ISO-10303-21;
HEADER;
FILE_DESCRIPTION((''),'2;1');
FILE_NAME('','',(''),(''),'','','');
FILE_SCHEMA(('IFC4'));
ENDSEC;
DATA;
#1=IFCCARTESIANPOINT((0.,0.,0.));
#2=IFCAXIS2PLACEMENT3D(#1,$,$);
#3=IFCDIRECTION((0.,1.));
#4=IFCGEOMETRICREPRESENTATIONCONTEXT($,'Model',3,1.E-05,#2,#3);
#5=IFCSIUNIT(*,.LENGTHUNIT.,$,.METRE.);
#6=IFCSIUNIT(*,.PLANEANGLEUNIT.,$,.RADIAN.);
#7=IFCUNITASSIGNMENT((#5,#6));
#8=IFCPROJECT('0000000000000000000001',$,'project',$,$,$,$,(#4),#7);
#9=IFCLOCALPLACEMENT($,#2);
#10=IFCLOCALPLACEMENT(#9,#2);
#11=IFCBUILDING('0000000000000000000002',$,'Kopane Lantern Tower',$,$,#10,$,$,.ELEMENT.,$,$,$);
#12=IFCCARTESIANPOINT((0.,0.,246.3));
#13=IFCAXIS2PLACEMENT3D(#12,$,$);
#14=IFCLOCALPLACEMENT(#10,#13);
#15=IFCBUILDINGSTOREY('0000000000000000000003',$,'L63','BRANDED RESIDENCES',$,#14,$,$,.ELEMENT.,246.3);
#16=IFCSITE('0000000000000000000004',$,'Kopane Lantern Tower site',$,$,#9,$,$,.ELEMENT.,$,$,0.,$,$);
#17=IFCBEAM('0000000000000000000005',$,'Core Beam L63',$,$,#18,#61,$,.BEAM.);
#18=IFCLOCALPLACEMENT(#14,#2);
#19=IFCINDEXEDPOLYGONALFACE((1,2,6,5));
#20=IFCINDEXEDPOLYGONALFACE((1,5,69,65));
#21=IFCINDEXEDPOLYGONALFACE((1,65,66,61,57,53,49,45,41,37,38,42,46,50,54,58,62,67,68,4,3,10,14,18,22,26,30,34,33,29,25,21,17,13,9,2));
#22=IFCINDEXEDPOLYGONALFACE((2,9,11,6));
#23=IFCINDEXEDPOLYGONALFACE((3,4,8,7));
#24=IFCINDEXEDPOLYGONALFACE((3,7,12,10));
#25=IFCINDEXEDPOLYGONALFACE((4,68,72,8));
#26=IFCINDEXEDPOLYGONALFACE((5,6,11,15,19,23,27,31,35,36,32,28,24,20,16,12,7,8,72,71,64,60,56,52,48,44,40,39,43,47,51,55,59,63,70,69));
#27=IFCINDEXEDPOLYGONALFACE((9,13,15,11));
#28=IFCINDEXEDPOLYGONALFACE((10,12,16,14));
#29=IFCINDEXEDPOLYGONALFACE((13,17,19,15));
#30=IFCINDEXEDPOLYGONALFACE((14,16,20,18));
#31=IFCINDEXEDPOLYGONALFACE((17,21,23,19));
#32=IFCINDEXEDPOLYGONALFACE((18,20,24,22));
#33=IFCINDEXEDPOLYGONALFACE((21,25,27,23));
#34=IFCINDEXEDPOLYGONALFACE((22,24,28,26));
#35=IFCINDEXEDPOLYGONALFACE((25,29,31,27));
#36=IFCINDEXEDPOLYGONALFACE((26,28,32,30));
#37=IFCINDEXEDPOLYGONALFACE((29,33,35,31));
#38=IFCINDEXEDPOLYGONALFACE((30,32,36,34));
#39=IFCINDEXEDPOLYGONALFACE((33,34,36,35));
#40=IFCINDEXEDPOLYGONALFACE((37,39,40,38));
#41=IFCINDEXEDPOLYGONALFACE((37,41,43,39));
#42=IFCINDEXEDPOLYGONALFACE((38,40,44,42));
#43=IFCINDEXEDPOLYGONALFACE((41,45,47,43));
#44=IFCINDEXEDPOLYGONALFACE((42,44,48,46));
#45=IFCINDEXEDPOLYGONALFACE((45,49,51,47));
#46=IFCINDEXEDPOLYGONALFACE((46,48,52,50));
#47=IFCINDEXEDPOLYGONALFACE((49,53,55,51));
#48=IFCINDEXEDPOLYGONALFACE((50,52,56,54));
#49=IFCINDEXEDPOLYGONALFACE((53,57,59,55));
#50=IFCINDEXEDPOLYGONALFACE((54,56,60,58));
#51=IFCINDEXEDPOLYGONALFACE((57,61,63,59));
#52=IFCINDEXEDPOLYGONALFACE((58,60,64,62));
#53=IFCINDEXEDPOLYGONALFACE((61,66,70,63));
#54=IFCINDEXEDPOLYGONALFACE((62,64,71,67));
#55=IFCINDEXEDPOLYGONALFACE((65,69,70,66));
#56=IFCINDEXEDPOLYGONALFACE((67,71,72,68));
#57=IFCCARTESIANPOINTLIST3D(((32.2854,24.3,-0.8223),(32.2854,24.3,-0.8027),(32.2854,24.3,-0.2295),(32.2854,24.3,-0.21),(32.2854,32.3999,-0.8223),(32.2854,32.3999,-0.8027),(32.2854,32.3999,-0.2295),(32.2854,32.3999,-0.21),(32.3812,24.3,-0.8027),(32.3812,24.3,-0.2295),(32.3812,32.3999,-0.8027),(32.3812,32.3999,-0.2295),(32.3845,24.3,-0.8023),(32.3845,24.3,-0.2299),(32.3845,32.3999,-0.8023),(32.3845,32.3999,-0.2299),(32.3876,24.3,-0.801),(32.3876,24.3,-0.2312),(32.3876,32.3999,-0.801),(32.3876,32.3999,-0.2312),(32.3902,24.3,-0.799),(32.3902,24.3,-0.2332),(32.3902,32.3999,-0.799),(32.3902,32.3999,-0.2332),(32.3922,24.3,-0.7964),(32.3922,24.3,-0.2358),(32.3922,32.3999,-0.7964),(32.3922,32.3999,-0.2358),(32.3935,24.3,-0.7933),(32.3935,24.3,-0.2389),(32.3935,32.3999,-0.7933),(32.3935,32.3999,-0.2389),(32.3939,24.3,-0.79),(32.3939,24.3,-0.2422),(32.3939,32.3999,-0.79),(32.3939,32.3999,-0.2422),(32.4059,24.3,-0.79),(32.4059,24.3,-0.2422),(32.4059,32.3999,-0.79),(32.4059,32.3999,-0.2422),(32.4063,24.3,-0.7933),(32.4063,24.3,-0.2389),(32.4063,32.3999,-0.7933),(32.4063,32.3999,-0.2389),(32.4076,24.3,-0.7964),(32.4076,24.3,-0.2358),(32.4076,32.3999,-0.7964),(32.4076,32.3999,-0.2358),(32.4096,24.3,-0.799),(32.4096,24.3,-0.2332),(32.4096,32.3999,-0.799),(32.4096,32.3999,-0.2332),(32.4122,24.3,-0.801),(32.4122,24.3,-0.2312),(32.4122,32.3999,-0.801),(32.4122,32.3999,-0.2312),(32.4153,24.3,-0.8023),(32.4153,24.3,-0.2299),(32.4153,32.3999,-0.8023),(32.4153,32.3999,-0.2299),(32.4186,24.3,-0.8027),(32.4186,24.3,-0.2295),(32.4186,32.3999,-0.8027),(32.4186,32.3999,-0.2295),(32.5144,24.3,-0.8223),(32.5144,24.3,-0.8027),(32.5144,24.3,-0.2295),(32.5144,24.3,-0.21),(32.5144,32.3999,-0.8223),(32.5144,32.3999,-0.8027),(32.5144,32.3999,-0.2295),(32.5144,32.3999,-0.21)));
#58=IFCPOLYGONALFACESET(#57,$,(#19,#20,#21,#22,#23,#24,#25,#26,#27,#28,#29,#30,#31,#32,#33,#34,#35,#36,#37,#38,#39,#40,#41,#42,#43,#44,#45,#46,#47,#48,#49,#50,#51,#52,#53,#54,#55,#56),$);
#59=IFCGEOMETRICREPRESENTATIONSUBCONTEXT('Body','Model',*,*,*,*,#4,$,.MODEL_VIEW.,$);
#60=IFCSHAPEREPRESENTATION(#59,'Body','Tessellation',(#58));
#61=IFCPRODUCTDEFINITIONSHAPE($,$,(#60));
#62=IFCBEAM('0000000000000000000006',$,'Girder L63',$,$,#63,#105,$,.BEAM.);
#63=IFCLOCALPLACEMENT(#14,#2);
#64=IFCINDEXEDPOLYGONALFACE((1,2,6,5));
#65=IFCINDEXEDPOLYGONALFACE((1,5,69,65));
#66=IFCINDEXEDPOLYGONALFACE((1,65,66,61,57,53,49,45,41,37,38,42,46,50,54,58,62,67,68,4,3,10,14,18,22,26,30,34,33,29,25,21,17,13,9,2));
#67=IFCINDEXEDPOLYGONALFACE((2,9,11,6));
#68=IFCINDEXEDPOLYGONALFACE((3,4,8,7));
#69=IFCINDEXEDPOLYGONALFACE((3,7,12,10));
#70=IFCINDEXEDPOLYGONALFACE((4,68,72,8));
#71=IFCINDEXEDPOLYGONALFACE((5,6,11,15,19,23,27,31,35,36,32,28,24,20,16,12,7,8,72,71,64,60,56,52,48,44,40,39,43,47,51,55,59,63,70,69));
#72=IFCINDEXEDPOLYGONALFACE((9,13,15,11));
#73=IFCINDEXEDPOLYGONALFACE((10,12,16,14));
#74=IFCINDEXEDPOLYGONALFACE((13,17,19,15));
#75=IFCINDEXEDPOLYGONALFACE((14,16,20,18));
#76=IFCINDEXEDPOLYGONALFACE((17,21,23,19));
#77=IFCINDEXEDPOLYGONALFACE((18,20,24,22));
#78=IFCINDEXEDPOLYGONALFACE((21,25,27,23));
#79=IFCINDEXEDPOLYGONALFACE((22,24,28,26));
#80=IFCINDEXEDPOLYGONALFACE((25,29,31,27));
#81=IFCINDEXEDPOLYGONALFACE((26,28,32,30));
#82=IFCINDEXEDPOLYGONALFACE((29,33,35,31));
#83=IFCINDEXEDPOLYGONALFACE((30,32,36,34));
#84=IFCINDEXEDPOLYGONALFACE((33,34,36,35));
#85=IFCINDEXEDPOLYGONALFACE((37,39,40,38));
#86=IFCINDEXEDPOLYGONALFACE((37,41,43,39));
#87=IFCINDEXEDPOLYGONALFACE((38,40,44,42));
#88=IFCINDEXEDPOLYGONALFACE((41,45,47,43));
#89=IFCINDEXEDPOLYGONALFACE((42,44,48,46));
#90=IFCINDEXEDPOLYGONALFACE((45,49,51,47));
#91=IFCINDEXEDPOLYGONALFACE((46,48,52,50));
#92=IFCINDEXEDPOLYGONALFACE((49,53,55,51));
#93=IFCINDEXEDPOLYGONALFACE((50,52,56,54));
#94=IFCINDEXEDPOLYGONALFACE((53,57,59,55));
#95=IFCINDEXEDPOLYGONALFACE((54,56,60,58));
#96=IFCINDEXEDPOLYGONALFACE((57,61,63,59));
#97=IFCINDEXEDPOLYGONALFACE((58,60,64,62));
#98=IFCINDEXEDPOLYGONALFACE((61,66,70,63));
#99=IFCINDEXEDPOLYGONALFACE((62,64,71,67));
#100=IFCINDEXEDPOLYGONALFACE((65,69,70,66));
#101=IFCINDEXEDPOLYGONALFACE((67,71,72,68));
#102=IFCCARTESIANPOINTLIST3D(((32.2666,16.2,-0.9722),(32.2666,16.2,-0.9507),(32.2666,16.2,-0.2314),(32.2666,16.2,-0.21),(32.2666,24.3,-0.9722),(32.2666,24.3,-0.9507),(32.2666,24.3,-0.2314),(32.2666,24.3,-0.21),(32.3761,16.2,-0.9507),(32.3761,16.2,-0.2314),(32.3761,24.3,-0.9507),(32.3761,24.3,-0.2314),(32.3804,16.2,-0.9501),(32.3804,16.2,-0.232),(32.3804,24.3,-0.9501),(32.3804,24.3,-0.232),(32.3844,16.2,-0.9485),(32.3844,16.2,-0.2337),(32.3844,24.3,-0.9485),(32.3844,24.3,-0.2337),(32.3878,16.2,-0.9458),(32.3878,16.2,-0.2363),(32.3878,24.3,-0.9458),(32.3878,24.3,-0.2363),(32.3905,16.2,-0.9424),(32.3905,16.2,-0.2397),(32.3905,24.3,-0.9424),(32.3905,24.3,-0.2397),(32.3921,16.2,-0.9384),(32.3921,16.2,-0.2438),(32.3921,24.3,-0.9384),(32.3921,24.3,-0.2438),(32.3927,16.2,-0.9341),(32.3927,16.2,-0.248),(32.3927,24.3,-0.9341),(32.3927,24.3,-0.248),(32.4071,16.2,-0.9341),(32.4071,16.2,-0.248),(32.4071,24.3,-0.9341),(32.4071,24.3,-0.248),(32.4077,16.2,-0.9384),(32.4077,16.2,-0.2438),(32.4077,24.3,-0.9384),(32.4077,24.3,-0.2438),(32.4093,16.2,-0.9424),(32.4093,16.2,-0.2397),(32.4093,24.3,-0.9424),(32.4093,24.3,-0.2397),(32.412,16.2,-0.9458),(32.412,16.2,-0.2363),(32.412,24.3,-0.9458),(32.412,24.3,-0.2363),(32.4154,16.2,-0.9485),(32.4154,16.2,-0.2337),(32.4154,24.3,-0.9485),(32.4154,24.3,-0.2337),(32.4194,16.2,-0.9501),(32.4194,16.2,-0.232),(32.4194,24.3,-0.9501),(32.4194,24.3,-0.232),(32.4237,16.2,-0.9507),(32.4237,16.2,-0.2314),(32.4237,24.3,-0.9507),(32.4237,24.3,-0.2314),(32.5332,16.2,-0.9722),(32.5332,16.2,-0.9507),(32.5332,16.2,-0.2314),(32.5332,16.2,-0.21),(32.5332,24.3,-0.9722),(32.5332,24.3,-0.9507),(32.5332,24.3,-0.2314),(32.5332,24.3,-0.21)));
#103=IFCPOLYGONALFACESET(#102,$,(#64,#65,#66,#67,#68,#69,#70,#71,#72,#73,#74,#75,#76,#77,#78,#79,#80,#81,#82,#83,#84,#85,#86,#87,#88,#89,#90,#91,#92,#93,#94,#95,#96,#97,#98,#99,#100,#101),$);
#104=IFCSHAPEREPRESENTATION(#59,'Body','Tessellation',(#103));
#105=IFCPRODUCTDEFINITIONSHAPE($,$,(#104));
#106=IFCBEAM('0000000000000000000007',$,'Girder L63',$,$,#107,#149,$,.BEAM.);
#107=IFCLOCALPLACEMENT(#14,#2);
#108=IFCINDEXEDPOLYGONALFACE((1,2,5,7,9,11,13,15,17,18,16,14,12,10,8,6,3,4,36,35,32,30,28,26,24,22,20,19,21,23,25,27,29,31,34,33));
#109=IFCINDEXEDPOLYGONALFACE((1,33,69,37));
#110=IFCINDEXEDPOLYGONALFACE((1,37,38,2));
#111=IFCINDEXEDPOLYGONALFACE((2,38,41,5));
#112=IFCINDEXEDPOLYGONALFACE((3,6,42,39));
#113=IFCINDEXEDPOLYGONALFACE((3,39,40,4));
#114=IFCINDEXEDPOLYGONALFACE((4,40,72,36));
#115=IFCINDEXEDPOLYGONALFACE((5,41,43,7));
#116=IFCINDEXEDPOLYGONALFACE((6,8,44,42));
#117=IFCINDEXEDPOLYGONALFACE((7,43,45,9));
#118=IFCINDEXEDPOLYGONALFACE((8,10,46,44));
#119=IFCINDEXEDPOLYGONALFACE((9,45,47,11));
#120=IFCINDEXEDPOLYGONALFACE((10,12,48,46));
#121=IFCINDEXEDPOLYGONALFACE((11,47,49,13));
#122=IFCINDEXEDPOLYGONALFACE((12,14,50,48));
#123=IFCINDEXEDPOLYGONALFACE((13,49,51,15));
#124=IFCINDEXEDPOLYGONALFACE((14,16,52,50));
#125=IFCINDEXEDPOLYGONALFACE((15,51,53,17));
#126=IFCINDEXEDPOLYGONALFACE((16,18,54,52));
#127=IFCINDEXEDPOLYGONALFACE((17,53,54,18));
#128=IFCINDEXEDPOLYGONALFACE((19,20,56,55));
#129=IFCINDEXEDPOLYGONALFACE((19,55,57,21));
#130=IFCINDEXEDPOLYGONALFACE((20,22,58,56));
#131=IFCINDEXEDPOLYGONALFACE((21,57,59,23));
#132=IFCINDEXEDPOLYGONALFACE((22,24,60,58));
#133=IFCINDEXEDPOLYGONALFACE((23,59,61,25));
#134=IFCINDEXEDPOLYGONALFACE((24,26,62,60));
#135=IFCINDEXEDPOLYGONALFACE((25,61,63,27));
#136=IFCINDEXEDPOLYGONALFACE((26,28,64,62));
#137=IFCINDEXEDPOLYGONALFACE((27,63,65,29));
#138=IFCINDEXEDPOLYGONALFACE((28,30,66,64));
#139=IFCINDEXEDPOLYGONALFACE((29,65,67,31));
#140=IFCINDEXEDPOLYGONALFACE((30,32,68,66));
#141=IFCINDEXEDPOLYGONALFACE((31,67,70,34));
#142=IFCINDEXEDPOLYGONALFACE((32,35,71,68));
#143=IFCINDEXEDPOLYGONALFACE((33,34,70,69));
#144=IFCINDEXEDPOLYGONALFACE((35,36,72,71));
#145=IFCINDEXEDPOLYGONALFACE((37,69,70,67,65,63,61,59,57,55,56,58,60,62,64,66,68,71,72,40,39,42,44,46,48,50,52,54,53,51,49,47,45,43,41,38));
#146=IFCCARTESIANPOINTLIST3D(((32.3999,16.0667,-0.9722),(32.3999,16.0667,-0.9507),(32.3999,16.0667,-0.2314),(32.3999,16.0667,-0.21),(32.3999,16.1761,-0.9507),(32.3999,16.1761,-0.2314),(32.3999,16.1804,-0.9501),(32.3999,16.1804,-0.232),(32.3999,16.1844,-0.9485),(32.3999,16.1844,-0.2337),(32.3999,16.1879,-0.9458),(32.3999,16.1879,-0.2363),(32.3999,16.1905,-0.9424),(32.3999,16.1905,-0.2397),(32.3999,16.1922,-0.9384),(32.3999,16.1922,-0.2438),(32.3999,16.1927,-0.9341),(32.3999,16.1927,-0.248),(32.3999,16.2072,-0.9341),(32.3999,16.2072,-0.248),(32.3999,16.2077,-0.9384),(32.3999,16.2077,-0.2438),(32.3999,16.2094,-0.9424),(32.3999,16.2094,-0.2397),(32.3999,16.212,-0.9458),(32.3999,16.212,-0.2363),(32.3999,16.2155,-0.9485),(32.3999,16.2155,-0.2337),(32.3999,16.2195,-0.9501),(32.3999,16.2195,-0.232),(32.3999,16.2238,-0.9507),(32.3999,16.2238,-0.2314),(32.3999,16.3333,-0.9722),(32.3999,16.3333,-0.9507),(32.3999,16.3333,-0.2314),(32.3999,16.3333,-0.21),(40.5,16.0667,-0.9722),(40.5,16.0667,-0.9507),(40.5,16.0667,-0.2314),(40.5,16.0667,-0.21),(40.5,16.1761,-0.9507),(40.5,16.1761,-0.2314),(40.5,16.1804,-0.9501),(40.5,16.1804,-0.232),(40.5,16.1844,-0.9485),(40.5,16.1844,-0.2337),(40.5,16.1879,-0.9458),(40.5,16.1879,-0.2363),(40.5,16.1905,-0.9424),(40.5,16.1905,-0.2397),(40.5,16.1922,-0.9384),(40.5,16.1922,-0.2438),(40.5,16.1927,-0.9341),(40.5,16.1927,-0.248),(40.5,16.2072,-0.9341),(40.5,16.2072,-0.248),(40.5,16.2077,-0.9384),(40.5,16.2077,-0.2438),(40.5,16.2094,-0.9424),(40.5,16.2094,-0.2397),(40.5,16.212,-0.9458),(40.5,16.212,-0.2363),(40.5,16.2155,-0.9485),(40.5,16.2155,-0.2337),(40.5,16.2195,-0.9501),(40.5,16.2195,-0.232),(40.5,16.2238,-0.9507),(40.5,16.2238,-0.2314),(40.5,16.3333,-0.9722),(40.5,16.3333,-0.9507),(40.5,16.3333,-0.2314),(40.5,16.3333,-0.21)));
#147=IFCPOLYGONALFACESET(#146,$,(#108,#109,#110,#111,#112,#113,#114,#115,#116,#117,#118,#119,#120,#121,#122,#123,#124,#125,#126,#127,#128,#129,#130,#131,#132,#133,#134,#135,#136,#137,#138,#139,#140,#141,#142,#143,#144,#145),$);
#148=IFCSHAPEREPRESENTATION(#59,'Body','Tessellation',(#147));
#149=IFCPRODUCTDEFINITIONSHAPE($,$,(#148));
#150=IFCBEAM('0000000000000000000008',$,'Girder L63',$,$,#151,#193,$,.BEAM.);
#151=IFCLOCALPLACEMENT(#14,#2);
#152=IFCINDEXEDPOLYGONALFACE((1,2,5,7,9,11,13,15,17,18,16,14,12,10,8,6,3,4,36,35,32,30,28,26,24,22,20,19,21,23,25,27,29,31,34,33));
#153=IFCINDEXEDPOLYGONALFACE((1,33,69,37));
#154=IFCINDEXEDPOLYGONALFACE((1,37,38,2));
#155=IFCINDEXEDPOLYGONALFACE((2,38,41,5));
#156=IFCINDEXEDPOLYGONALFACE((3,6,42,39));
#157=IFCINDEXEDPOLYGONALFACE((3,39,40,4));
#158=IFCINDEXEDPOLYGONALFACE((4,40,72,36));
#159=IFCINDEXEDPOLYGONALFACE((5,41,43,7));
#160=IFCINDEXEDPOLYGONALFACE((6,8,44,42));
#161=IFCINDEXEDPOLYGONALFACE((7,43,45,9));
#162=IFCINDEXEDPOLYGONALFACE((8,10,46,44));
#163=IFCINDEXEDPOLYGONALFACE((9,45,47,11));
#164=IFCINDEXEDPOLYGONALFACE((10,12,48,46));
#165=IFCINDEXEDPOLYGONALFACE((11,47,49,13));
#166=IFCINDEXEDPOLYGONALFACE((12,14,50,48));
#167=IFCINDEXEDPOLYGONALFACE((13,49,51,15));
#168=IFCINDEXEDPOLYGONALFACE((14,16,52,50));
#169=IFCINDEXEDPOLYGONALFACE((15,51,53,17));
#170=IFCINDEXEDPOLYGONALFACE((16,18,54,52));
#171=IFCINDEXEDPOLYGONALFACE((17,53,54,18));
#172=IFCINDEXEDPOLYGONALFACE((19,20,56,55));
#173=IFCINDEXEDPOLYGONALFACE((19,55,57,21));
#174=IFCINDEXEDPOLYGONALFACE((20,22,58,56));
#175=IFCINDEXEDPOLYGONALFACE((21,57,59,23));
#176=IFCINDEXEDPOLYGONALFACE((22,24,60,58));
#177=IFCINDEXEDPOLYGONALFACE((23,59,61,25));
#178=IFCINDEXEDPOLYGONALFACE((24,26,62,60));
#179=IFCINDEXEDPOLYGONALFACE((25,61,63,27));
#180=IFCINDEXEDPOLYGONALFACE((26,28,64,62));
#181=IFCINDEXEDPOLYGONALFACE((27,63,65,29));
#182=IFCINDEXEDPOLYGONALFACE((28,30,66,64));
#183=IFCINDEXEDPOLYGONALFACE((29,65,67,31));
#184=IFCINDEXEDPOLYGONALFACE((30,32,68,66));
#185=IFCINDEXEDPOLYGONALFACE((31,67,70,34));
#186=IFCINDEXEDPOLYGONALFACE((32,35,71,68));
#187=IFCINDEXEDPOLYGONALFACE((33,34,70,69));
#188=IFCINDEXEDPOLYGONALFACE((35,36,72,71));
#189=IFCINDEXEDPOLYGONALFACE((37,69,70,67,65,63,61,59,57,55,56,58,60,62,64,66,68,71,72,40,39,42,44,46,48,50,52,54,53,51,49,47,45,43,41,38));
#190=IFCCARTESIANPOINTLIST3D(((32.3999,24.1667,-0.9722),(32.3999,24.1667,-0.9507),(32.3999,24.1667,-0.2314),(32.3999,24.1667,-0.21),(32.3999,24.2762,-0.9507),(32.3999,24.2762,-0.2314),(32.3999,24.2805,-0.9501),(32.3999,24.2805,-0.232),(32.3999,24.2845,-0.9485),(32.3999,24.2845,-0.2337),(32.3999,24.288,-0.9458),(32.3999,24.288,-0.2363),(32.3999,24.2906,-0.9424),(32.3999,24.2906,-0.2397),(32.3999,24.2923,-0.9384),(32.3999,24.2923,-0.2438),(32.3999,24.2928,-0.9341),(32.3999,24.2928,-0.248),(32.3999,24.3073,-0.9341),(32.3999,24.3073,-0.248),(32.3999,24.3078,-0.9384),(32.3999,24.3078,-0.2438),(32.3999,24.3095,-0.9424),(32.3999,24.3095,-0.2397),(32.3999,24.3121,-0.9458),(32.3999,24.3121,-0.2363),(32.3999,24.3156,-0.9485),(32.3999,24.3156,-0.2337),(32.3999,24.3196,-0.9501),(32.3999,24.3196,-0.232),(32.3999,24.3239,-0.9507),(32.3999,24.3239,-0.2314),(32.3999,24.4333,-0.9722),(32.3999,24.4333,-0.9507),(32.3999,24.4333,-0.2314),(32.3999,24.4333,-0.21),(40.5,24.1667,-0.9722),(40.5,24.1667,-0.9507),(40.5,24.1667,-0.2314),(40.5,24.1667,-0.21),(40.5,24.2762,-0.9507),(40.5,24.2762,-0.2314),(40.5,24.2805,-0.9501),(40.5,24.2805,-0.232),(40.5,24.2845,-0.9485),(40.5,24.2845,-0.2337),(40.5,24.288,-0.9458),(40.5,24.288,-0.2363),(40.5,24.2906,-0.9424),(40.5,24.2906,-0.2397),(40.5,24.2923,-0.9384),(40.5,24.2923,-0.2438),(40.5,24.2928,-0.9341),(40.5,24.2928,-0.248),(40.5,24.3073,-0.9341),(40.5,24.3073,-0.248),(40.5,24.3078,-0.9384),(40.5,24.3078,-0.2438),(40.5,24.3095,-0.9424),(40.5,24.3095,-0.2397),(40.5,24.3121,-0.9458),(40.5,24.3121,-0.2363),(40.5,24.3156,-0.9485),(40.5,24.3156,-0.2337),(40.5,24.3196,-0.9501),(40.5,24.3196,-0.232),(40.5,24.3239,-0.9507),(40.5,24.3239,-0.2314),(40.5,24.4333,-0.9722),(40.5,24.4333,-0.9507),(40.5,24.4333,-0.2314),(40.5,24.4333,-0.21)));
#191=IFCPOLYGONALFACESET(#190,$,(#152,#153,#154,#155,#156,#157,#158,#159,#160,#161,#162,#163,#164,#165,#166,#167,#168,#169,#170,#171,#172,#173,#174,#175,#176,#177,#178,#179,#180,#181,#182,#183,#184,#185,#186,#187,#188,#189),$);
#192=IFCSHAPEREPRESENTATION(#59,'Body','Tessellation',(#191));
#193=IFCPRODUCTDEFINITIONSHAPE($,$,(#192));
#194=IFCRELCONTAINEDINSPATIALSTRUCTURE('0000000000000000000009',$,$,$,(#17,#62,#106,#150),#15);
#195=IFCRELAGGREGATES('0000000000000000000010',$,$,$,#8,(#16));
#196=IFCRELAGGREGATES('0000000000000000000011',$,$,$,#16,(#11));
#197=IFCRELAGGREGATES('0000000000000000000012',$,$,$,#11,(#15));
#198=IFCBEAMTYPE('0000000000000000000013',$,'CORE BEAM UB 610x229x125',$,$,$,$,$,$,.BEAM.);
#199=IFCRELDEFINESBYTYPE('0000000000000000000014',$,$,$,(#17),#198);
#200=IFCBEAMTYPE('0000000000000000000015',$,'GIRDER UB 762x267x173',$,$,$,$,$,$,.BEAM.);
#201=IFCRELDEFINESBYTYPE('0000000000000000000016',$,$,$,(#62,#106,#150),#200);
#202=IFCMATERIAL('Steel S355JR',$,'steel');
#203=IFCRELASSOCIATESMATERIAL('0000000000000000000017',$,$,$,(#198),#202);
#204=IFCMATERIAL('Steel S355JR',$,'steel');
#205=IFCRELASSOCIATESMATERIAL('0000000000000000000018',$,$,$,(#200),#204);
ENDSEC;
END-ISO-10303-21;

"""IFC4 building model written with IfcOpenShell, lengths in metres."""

from ifc_helpers import new_model, si_unit, direction, frame, origin, origin_2d, place, context, subcontext, project, spatial, i_section, extrude, material, material_profile, profile_set, type_object, element, save


model = new_model("IFC4")

# Units and contexts
model_context = context("Model", 3, precision=1e-05, world=origin(), true_north=direction((0.0, 1.0)))
body_context = subcontext(model_context, "Body", "Model", "MODEL_VIEW")
ifc_project = project(units=[si_unit("LENGTHUNIT", "METRE"), si_unit("PLANEANGLEUNIT", "RADIAN")], contexts=[model_context])

# Site, building, storey
site_placement = place(None, origin())
site = spatial("IfcSite", under=ifc_project, at=site_placement, Name="Kopane Lantern Tower site", CompositionType="ELEMENT", RefElevation=0.0)
building_placement = place(site_placement, origin())
building = spatial("IfcBuilding", under=site, at=building_placement, Name="Kopane Lantern Tower", CompositionType="ELEMENT")
storey_placement = place(building_placement, frame((0.0, 0.0, 246.3)))
storey = spatial("IfcBuildingStorey", under=building, at=storey_placement, Name="L63", Description="BRANDED RESIDENCES", CompositionType="ELEMENT", Elevation=246.3)

# Beams
ifc_material_1 = material(Name="Steel S355JR", Category="steel")
ifc_material_profile_1 = material_profile(ifc_material_1, i_section(OverallWidth=0.229, OverallDepth=0.6123, WebThickness=0.012, FlangeThickness=0.0195, FilletRadius=0.0127, at=origin_2d()), Name="UB 610x229x125")
ifc_profile_set_1 = profile_set([ifc_material_profile_1], Name="Steel S355JR")
beam_type_1 = type_object("IfcBeamType", Name="CORE BEAM UB 610x229x125", PredefinedType="BEAM", material=ifc_profile_set_1)
beam_placement = place(storey_placement, frame((32.3999, 24.3, -0.5161), z_axis=(0.0, 1.0, 0.0), x_axis=(-1.0, 0.0, 0.0)))
element("IfcBeam", 1, at=beam_placement, inside=storey, type_object=beam_type_1, Name="Core Beam L63", PredefinedType="BEAM", context=body_context, shape_type="SweptSolid", body=[
    extrude(i_section(OverallWidth=0.229, OverallDepth=0.6123, WebThickness=0.012, FlangeThickness=0.0195, FilletRadius=0.0127, at=origin_2d()), origin(), (0.0, 0.0, 1.0), 8.0999),
])
ifc_material_2 = material(Name="Steel S355JR", Category="steel")
ifc_material_profile_2 = material_profile(ifc_material_2, i_section(OverallWidth=0.2666, OverallDepth=0.7622, WebThickness=0.0144, FlangeThickness=0.0215, FilletRadius=0.0166, at=origin_2d()), Name="UB 762x267x173")
ifc_profile_set_2 = profile_set([ifc_material_profile_2], Name="Steel S355JR")
beam_type_2 = type_object("IfcBeamType", Name="GIRDER UB 762x267x173", PredefinedType="BEAM", material=ifc_profile_set_2)
for number, where, z_axis, x_axis, name in (
    (2, (32.3999, 16.2, -0.5911), (0.0, 1.0, 0.0), (-1.0, 0.0, 0.0), "Girder L63"),
    (3, (32.3999, 16.2, -0.5911), (1.0, 0.0, 0.0), (0.0, 1.0, 0.0), "Girder L63"),
    (4, (32.3999, 24.3, -0.5911), (1.0, 0.0, 0.0), (0.0, 1.0, 0.0), "Girder L63"),
):
    element("IfcBeam", number, at=place(storey_placement, frame(where, z_axis=z_axis, x_axis=x_axis)), inside=storey, type_object=beam_type_2, Name=name, PredefinedType="BEAM", context=body_context, shape_type="SweptSolid", body=[
        extrude(i_section(OverallWidth=0.2666, OverallDepth=0.7622, WebThickness=0.0144, FlangeThickness=0.0215, FilletRadius=0.0166, at=origin_2d()), origin(), (0.0, 0.0, 1.0), 8.1001),
    ])

save(model, "model.ifc")
